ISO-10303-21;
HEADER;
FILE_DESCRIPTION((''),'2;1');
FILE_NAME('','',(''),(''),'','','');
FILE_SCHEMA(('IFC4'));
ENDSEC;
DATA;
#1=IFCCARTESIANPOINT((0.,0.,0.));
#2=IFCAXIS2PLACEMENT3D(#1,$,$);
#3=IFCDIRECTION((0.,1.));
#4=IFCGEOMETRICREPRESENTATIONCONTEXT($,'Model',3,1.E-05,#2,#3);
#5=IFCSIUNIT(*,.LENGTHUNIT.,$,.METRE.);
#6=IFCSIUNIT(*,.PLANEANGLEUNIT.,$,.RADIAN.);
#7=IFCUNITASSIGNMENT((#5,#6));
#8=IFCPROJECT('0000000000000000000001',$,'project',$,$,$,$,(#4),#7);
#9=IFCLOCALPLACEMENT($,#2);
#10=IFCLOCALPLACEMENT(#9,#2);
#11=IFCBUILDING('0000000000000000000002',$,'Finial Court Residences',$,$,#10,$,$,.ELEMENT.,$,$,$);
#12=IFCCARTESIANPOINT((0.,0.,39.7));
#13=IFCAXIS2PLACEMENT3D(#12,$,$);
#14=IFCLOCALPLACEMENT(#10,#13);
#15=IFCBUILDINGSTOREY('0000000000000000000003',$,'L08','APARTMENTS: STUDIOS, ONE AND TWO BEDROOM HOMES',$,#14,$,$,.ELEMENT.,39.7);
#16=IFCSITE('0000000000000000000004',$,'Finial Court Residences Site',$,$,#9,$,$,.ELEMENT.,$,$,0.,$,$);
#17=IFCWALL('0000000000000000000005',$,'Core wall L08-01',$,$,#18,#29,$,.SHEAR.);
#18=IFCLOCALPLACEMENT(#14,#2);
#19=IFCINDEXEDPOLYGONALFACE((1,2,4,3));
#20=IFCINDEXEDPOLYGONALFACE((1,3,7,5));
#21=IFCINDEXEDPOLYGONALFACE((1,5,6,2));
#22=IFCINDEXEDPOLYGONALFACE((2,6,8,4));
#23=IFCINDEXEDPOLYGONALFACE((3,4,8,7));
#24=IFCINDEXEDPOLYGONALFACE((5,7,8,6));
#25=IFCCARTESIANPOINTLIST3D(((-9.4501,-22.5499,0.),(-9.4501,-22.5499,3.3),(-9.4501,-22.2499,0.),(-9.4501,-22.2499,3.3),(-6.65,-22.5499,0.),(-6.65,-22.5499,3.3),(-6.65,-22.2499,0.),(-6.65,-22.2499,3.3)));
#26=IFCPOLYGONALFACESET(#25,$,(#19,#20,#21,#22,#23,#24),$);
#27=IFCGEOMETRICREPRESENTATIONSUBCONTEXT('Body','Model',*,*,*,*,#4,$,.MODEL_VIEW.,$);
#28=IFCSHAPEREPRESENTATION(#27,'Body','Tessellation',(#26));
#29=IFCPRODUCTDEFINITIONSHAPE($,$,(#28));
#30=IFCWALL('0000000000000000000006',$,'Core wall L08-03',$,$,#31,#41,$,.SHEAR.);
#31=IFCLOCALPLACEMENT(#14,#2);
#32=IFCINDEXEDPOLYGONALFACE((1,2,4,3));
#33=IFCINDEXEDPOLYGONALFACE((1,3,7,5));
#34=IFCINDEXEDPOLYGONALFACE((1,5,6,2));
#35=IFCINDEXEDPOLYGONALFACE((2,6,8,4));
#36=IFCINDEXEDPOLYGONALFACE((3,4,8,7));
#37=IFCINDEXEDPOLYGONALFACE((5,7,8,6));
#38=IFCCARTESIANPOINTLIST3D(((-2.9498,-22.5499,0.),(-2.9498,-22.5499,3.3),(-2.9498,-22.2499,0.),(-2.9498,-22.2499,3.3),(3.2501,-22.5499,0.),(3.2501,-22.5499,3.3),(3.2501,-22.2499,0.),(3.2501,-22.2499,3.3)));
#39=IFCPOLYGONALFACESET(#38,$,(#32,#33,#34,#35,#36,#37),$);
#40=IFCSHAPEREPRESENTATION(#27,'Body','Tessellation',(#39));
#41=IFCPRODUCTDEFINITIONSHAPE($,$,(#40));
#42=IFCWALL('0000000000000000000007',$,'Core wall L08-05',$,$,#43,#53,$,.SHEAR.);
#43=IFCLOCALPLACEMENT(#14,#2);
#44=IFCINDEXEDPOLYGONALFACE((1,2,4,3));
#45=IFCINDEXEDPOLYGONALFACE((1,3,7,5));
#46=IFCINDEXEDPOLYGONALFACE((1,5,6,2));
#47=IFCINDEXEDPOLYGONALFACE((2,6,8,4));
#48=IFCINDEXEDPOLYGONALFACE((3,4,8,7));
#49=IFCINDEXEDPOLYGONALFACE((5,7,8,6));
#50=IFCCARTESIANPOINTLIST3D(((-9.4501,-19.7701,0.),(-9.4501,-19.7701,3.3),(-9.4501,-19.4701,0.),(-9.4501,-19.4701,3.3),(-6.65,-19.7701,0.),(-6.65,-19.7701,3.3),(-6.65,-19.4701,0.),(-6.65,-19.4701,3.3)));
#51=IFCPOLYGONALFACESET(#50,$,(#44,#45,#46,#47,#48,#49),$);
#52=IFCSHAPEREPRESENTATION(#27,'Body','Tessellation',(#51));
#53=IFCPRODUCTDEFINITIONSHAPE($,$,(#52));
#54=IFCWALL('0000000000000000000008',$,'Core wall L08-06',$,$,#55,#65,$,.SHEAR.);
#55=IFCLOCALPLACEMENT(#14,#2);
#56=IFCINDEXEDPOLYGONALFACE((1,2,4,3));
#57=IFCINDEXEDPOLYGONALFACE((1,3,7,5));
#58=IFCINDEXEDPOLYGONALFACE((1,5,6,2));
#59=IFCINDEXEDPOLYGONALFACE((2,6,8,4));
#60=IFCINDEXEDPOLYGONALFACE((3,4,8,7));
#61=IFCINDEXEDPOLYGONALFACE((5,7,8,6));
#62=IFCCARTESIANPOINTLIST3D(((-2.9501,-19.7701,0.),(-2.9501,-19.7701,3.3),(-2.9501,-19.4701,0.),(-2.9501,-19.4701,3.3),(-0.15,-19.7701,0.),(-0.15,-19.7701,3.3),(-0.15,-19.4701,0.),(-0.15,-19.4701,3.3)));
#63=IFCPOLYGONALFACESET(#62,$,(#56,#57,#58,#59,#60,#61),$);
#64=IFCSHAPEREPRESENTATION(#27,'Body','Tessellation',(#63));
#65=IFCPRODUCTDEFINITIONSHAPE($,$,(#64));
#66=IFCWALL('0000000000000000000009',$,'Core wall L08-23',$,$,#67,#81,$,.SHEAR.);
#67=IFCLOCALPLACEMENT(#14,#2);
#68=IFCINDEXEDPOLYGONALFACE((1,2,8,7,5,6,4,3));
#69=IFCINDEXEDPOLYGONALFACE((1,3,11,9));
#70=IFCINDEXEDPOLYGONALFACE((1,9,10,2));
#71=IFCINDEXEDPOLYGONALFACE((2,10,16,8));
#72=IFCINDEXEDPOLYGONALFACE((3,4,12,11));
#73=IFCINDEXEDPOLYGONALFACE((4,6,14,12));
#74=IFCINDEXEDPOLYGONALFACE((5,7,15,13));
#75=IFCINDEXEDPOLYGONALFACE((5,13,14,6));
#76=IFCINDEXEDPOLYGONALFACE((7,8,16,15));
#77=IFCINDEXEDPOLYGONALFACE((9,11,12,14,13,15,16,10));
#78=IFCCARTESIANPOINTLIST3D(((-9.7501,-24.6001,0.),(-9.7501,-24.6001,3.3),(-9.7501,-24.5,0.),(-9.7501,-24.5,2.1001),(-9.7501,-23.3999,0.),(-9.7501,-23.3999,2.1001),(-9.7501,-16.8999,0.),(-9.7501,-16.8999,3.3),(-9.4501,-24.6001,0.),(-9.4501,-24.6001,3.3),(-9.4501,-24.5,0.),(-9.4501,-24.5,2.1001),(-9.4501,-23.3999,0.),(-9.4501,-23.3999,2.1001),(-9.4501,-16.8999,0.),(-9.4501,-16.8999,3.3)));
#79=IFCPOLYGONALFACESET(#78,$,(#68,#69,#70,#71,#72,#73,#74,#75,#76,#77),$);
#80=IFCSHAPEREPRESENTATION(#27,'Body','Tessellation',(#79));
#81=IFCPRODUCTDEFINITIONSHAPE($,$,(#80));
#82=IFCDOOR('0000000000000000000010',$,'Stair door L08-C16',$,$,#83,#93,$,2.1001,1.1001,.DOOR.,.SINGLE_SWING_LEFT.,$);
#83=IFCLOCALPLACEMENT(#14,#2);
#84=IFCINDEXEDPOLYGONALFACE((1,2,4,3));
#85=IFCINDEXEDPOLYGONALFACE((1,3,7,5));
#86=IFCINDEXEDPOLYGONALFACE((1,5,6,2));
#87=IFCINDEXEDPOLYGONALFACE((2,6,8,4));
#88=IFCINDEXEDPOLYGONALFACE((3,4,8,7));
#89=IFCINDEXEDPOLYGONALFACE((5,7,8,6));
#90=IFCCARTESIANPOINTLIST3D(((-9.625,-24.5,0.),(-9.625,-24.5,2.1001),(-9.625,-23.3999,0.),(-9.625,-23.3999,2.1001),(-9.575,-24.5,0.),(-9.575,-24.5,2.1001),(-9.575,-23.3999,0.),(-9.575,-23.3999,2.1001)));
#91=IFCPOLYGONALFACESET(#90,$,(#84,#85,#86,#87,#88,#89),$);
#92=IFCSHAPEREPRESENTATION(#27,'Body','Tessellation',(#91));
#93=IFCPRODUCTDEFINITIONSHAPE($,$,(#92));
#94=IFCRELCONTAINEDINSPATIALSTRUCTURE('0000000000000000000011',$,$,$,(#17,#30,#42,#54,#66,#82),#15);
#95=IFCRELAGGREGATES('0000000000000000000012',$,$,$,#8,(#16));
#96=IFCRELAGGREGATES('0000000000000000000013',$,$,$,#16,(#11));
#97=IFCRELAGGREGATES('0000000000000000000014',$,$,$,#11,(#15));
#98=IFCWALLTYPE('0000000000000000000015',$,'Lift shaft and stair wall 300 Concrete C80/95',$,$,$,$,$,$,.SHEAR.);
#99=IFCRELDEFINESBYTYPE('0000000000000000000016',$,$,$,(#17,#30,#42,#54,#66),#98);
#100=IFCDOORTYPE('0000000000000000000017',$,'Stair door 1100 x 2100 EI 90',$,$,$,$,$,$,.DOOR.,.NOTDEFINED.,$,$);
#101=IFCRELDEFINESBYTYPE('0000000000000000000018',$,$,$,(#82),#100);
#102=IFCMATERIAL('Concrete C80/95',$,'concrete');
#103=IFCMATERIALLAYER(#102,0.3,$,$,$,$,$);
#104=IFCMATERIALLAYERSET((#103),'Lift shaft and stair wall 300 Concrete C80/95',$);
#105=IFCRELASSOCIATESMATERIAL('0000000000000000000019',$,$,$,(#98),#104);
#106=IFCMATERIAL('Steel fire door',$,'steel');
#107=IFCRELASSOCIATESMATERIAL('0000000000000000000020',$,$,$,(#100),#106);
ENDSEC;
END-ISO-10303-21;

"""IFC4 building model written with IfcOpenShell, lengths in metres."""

from ifc_helpers import new_model, si_unit, direction, frame, frame_2d, origin, place, context, subcontext, project, spatial, rectangle, extrude, material, layer, layer_set, type_object, element, fill, save


model = new_model("IFC4")

# Units and contexts
model_context = context("Model", 3, precision=1e-05, world=origin(), true_north=direction((0.0, 1.0)))
body_context = subcontext(model_context, "Body", "Model", "MODEL_VIEW")
ifc_project = project(units=[si_unit("LENGTHUNIT", "METRE"), si_unit("PLANEANGLEUNIT", "RADIAN")], contexts=[model_context])

# Site, building, storey
site_placement = place(None, origin())
site = spatial("IfcSite", under=ifc_project, at=site_placement, Name="Finial Court Residences Site", CompositionType="ELEMENT", RefElevation=0.0)
building_placement = place(site_placement, origin())
building = spatial("IfcBuilding", under=site, at=building_placement, Name="Finial Court Residences", CompositionType="ELEMENT")
storey_placement = place(building_placement, frame((0.0, 0.0, 39.7)))
storey = spatial("IfcBuildingStorey", under=building, at=storey_placement, Name="L08", Description="APARTMENTS: STUDIOS, ONE AND TWO BEDROOM HOMES", CompositionType="ELEMENT", Elevation=39.7)

# Walls
ifc_material_1 = material(Name="Concrete C80/95", Category="concrete")
ifc_layer_1 = layer(ifc_material_1, 0.3)
ifc_layer_set_1 = layer_set([ifc_layer_1], Name="Lift shaft and stair wall 300 Concrete C80/95")
wall_type_1 = type_object("IfcWallType", Name="Lift shaft and stair wall 300 Concrete C80/95", PredefinedType="SHEAR", material=ifc_layer_set_1)
wall_1_placement = place(storey_placement, frame((-9.45, -22.3999, 0.0), z_axis=(0.0, 0.0, 1.0), x_axis=(1.0, 0.0, 0.0)))
element("IfcWall", 1, at=wall_1_placement, inside=storey, type_object=wall_type_1, Name="Core wall L08-01", PredefinedType="SHEAR", context=body_context, shape_type="SweptSolid", body=[
    extrude(rectangle(XDim=2.8, YDim=0.3, at=frame_2d((1.3999, 0.0))), origin(), (0.0, 0.0, 1.0), 3.3),
])
wall_2_placement = place(storey_placement, frame((-2.95, -22.3999, 0.0), z_axis=(0.0, 0.0, 1.0), x_axis=(1.0, 0.0, 0.0)))
element("IfcWall", 2, at=wall_2_placement, inside=storey, type_object=wall_type_1, Name="Core wall L08-03", PredefinedType="SHEAR", context=body_context, shape_type="SweptSolid", body=[
    extrude(rectangle(XDim=6.2, YDim=0.3, at=frame_2d((3.1001, 0.0))), origin(), (0.0, 0.0, 1.0), 3.3),
])
for number, where, z_axis, x_axis, name in (
    (3, (-9.45, -19.6201, 0.0), (0.0, 0.0, 1.0), (1.0, 0.0, 0.0), "Core wall L08-05"),
    (4, (-2.95, -19.6201, 0.0), (0.0, 0.0, 1.0), (1.0, 0.0, 0.0), "Core wall L08-06"),
):
    element("IfcWall", number, at=place(storey_placement, frame(where, z_axis=z_axis, x_axis=x_axis)), inside=storey, type_object=wall_type_1, Name=name, PredefinedType="SHEAR", context=body_context, shape_type="SweptSolid", body=[
        extrude(rectangle(XDim=2.8, YDim=0.3, at=frame_2d((1.3999, 0.0))), origin(), (0.0, 0.0, 1.0), 3.3),
    ])

# Wall, opening, door
wall_3_placement = place(storey_placement, frame((-9.6001, -24.6001, 0.0), z_axis=(0.0, 0.0, 1.0), x_axis=(0.0, 1.0, 0.0)))
wall_3 = element("IfcWall", 5, at=wall_3_placement, inside=storey, type_object=wall_type_1, Name="Core wall L08-23", PredefinedType="SHEAR", context=body_context, shape_type="SweptSolid", body=[
    extrude(rectangle(XDim=7.7002, YDim=0.3, at=frame_2d((3.8501, 0.0))), origin(), (0.0, 0.0, 1.0), 3.3),
])
opening_1_placement = place(wall_3_placement, frame((0.1001, 0.0, 0.0)))
opening_1 = element("IfcOpeningElement", 6, at=opening_1_placement, cuts=wall_3, PredefinedType="OPENING", context=body_context, shape_type="SweptSolid", body=[
    extrude(rectangle(XDim=1.1001, YDim=2.1001, at=frame_2d((0.55, 1.05))), frame((0.0, 0.1599, 0.0), z_axis=(0.0, -1.0, 0.0), x_axis=(1.0, 0.0, 0.0)), (0.0, 0.0, 1.0), 0.3201),
])
ifc_material_2 = material(Name="Steel fire door", Category="steel")
door_type_1 = type_object("IfcDoorType", Name="Stair door 1100 x 2100 EI 90", OperationType="NOTDEFINED", PredefinedType="DOOR", material=ifc_material_2)
door_1_placement = place(opening_1_placement, origin())
door_1 = element("IfcDoor", 7, at=door_1_placement, inside=storey, type_object=door_type_1, Name="Stair door L08-C16", OperationType="SINGLE_SWING_LEFT", OverallHeight=2.1001, OverallWidth=1.1001, PredefinedType="DOOR", context=body_context, shape_type="SweptSolid", body=[
    extrude(rectangle(XDim=1.1001, YDim=2.1001, at=frame_2d((0.55, 1.05))), frame((0.0, 0.0249, 0.0), z_axis=(0.0, -1.0, 0.0), x_axis=(1.0, 0.0, 0.0)), (0.0, 0.0, 1.0), 0.05),
])
fill(opening_1, door_1)

save(model, "model.ifc")
